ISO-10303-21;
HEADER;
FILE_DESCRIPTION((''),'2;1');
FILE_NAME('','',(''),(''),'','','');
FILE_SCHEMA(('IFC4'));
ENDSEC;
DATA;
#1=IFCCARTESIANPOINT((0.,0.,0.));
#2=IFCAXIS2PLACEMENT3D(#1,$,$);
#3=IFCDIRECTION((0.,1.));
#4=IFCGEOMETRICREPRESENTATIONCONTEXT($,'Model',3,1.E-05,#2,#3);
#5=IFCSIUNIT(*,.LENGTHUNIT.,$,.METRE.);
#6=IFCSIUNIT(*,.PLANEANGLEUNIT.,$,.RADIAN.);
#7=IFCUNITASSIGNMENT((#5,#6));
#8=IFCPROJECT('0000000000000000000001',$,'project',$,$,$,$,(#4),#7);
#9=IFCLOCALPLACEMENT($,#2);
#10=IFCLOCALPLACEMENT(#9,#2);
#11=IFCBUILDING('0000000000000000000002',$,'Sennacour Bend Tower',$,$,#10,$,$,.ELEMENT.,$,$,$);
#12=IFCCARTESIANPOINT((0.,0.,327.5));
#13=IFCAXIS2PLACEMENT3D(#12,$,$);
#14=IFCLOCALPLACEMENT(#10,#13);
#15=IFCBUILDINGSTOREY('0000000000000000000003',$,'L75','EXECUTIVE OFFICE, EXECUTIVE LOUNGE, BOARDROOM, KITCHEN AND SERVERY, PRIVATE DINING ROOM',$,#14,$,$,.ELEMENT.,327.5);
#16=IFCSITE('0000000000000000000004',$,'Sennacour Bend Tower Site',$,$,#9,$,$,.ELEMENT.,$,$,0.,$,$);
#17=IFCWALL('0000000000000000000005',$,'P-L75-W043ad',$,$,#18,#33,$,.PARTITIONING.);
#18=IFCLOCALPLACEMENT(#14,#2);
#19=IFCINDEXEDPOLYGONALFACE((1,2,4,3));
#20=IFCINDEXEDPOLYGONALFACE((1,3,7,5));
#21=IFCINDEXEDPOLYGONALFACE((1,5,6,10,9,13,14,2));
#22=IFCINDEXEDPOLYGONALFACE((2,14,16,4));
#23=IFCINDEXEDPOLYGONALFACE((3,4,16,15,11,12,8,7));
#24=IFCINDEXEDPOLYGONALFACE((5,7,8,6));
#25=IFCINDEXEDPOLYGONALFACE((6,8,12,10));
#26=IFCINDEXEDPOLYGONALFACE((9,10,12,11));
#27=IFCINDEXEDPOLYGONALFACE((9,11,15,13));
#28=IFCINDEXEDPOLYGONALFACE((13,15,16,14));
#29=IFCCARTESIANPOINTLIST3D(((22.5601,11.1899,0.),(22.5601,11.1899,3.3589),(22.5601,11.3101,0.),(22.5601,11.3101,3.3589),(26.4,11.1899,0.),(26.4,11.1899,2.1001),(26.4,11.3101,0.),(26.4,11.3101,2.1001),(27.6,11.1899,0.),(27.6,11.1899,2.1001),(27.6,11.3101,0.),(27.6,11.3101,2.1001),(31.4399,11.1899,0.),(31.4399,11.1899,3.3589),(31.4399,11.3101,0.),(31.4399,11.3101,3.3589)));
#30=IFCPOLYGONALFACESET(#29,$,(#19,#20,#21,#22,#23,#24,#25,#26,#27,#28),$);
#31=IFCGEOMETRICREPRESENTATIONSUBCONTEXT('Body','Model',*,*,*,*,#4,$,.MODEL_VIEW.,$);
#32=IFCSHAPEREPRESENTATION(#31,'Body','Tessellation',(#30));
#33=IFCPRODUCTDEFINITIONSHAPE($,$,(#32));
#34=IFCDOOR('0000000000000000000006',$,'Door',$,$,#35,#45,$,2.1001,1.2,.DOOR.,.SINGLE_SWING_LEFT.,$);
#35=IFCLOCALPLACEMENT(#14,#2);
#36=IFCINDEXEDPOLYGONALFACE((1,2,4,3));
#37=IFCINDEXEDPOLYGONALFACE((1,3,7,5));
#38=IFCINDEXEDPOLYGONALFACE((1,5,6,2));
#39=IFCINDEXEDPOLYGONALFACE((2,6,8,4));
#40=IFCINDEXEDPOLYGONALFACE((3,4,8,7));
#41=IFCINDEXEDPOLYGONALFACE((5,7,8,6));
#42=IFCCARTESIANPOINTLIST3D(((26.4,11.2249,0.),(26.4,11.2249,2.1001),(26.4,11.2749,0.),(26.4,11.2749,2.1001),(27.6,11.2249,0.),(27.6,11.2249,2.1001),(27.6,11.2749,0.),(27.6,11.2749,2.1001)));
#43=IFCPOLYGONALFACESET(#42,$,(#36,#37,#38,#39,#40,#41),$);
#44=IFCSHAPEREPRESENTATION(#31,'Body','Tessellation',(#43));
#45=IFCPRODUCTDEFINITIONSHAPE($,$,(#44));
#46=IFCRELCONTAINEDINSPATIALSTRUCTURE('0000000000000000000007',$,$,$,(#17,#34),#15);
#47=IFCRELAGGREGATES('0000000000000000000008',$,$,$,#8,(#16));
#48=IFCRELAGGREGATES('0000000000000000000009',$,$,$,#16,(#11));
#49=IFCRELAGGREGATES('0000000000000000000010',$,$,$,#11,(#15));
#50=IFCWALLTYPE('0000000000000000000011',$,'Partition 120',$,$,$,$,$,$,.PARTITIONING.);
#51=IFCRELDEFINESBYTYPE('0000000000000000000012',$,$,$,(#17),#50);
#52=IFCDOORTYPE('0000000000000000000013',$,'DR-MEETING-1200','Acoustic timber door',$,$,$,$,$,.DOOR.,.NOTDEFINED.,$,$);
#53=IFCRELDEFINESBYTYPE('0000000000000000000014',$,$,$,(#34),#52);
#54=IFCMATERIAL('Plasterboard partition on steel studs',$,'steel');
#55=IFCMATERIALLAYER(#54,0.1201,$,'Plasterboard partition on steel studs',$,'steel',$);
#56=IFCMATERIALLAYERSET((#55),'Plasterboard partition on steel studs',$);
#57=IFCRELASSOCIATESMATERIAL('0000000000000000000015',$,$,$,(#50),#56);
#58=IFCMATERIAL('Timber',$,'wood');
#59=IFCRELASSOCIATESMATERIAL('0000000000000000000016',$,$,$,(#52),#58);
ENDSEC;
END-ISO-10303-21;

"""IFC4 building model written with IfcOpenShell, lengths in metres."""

from ifc_helpers import new_model, si_unit, direction, frame, frame_2d, origin, place, context, subcontext, project, spatial, rectangle, extrude, material, layer, layer_set, type_object, element, fill, save


model = new_model("IFC4")

# Units and contexts
model_context = context("Model", 3, precision=1e-05, world=origin(), true_north=direction((0.0, 1.0)))
body_context = subcontext(model_context, "Body", "Model", "MODEL_VIEW")
ifc_project = project(units=[si_unit("LENGTHUNIT", "METRE"), si_unit("PLANEANGLEUNIT", "RADIAN")], contexts=[model_context])

# Site, building, storey
site_placement = place(None, origin())
site = spatial("IfcSite", under=ifc_project, at=site_placement, Name="Sennacour Bend Tower Site", CompositionType="ELEMENT", RefElevation=0.0)
building_placement = place(site_placement, origin())
building = spatial("IfcBuilding", under=site, at=building_placement, Name="Sennacour Bend Tower", CompositionType="ELEMENT")
storey_placement = place(building_placement, frame((0.0, 0.0, 327.5)))
storey = spatial("IfcBuildingStorey", under=building, at=storey_placement, Name="L75", Description="EXECUTIVE OFFICE, EXECUTIVE LOUNGE, BOARDROOM, KITCHEN AND SERVERY, PRIVATE DINING ROOM", CompositionType="ELEMENT", Elevation=327.5)

# Shared definitions
ifc_material_1 = material(Name="Plasterboard partition on steel studs", Category="steel")
ifc_layer_1 = layer(ifc_material_1, 0.1201, Name="Plasterboard partition on steel studs", Category="steel")
ifc_layer_set_1 = layer_set([ifc_layer_1], Name="Plasterboard partition on steel studs")
wall_type = type_object("IfcWallType", Name="Partition 120", PredefinedType="PARTITIONING", material=ifc_layer_set_1)

# Wall, opening, door
ifc_material_2 = material(Name="Timber", Category="wood")
wall_1_placement = place(storey_placement, frame((22.5601, 11.25, 0.0), z_axis=(0.0, 0.0, 1.0), x_axis=(1.0, 0.0, 0.0)))
wall_1 = element("IfcWall", 1, at=wall_1_placement, inside=storey, type_object=wall_type, Name="P-L75-W043ad", PredefinedType="PARTITIONING", context=body_context, shape_type="SweptSolid", body=[
    extrude(rectangle(XDim=8.8799, YDim=0.1201, at=frame_2d((4.4399, 0.0))), origin(), (0.0, 0.0, 1.0), 3.3589),
])
opening_1_placement = place(wall_1_placement, frame((3.8398, 0.0, 0.0)))
opening_1 = element("IfcOpeningElement", 2, at=opening_1_placement, cuts=wall_1, PredefinedType="OPENING", context=body_context, shape_type="SweptSolid", body=[
    extrude(rectangle(XDim=1.2, YDim=2.1001, at=frame_2d((0.6001, 1.05))), frame((0.0, 0.0701, 0.0), z_axis=(0.0, -1.0, 0.0), x_axis=(1.0, 0.0, 0.0)), (0.0, 0.0, 1.0), 0.1401),
])
door_type_1 = type_object("IfcDoorType", Name="DR-MEETING-1200", Description="Acoustic timber door", OperationType="NOTDEFINED", PredefinedType="DOOR", material=ifc_material_2)
door_1_placement = place(opening_1_placement, origin())
door_1 = element("IfcDoor", 3, at=door_1_placement, inside=storey, type_object=door_type_1, Name="Door", OperationType="SINGLE_SWING_LEFT", OverallHeight=2.1001, OverallWidth=1.2, PredefinedType="DOOR", context=body_context, shape_type="SweptSolid", body=[
    extrude(rectangle(XDim=1.2, YDim=2.1001, at=frame_2d((0.6001, 1.05))), frame((0.0, 0.0249, 0.0), z_axis=(0.0, -1.0, 0.0), x_axis=(1.0, 0.0, 0.0)), (0.0, 0.0, 1.0), 0.05),
])
fill(opening_1, door_1)

save(model, "model.ifc")
